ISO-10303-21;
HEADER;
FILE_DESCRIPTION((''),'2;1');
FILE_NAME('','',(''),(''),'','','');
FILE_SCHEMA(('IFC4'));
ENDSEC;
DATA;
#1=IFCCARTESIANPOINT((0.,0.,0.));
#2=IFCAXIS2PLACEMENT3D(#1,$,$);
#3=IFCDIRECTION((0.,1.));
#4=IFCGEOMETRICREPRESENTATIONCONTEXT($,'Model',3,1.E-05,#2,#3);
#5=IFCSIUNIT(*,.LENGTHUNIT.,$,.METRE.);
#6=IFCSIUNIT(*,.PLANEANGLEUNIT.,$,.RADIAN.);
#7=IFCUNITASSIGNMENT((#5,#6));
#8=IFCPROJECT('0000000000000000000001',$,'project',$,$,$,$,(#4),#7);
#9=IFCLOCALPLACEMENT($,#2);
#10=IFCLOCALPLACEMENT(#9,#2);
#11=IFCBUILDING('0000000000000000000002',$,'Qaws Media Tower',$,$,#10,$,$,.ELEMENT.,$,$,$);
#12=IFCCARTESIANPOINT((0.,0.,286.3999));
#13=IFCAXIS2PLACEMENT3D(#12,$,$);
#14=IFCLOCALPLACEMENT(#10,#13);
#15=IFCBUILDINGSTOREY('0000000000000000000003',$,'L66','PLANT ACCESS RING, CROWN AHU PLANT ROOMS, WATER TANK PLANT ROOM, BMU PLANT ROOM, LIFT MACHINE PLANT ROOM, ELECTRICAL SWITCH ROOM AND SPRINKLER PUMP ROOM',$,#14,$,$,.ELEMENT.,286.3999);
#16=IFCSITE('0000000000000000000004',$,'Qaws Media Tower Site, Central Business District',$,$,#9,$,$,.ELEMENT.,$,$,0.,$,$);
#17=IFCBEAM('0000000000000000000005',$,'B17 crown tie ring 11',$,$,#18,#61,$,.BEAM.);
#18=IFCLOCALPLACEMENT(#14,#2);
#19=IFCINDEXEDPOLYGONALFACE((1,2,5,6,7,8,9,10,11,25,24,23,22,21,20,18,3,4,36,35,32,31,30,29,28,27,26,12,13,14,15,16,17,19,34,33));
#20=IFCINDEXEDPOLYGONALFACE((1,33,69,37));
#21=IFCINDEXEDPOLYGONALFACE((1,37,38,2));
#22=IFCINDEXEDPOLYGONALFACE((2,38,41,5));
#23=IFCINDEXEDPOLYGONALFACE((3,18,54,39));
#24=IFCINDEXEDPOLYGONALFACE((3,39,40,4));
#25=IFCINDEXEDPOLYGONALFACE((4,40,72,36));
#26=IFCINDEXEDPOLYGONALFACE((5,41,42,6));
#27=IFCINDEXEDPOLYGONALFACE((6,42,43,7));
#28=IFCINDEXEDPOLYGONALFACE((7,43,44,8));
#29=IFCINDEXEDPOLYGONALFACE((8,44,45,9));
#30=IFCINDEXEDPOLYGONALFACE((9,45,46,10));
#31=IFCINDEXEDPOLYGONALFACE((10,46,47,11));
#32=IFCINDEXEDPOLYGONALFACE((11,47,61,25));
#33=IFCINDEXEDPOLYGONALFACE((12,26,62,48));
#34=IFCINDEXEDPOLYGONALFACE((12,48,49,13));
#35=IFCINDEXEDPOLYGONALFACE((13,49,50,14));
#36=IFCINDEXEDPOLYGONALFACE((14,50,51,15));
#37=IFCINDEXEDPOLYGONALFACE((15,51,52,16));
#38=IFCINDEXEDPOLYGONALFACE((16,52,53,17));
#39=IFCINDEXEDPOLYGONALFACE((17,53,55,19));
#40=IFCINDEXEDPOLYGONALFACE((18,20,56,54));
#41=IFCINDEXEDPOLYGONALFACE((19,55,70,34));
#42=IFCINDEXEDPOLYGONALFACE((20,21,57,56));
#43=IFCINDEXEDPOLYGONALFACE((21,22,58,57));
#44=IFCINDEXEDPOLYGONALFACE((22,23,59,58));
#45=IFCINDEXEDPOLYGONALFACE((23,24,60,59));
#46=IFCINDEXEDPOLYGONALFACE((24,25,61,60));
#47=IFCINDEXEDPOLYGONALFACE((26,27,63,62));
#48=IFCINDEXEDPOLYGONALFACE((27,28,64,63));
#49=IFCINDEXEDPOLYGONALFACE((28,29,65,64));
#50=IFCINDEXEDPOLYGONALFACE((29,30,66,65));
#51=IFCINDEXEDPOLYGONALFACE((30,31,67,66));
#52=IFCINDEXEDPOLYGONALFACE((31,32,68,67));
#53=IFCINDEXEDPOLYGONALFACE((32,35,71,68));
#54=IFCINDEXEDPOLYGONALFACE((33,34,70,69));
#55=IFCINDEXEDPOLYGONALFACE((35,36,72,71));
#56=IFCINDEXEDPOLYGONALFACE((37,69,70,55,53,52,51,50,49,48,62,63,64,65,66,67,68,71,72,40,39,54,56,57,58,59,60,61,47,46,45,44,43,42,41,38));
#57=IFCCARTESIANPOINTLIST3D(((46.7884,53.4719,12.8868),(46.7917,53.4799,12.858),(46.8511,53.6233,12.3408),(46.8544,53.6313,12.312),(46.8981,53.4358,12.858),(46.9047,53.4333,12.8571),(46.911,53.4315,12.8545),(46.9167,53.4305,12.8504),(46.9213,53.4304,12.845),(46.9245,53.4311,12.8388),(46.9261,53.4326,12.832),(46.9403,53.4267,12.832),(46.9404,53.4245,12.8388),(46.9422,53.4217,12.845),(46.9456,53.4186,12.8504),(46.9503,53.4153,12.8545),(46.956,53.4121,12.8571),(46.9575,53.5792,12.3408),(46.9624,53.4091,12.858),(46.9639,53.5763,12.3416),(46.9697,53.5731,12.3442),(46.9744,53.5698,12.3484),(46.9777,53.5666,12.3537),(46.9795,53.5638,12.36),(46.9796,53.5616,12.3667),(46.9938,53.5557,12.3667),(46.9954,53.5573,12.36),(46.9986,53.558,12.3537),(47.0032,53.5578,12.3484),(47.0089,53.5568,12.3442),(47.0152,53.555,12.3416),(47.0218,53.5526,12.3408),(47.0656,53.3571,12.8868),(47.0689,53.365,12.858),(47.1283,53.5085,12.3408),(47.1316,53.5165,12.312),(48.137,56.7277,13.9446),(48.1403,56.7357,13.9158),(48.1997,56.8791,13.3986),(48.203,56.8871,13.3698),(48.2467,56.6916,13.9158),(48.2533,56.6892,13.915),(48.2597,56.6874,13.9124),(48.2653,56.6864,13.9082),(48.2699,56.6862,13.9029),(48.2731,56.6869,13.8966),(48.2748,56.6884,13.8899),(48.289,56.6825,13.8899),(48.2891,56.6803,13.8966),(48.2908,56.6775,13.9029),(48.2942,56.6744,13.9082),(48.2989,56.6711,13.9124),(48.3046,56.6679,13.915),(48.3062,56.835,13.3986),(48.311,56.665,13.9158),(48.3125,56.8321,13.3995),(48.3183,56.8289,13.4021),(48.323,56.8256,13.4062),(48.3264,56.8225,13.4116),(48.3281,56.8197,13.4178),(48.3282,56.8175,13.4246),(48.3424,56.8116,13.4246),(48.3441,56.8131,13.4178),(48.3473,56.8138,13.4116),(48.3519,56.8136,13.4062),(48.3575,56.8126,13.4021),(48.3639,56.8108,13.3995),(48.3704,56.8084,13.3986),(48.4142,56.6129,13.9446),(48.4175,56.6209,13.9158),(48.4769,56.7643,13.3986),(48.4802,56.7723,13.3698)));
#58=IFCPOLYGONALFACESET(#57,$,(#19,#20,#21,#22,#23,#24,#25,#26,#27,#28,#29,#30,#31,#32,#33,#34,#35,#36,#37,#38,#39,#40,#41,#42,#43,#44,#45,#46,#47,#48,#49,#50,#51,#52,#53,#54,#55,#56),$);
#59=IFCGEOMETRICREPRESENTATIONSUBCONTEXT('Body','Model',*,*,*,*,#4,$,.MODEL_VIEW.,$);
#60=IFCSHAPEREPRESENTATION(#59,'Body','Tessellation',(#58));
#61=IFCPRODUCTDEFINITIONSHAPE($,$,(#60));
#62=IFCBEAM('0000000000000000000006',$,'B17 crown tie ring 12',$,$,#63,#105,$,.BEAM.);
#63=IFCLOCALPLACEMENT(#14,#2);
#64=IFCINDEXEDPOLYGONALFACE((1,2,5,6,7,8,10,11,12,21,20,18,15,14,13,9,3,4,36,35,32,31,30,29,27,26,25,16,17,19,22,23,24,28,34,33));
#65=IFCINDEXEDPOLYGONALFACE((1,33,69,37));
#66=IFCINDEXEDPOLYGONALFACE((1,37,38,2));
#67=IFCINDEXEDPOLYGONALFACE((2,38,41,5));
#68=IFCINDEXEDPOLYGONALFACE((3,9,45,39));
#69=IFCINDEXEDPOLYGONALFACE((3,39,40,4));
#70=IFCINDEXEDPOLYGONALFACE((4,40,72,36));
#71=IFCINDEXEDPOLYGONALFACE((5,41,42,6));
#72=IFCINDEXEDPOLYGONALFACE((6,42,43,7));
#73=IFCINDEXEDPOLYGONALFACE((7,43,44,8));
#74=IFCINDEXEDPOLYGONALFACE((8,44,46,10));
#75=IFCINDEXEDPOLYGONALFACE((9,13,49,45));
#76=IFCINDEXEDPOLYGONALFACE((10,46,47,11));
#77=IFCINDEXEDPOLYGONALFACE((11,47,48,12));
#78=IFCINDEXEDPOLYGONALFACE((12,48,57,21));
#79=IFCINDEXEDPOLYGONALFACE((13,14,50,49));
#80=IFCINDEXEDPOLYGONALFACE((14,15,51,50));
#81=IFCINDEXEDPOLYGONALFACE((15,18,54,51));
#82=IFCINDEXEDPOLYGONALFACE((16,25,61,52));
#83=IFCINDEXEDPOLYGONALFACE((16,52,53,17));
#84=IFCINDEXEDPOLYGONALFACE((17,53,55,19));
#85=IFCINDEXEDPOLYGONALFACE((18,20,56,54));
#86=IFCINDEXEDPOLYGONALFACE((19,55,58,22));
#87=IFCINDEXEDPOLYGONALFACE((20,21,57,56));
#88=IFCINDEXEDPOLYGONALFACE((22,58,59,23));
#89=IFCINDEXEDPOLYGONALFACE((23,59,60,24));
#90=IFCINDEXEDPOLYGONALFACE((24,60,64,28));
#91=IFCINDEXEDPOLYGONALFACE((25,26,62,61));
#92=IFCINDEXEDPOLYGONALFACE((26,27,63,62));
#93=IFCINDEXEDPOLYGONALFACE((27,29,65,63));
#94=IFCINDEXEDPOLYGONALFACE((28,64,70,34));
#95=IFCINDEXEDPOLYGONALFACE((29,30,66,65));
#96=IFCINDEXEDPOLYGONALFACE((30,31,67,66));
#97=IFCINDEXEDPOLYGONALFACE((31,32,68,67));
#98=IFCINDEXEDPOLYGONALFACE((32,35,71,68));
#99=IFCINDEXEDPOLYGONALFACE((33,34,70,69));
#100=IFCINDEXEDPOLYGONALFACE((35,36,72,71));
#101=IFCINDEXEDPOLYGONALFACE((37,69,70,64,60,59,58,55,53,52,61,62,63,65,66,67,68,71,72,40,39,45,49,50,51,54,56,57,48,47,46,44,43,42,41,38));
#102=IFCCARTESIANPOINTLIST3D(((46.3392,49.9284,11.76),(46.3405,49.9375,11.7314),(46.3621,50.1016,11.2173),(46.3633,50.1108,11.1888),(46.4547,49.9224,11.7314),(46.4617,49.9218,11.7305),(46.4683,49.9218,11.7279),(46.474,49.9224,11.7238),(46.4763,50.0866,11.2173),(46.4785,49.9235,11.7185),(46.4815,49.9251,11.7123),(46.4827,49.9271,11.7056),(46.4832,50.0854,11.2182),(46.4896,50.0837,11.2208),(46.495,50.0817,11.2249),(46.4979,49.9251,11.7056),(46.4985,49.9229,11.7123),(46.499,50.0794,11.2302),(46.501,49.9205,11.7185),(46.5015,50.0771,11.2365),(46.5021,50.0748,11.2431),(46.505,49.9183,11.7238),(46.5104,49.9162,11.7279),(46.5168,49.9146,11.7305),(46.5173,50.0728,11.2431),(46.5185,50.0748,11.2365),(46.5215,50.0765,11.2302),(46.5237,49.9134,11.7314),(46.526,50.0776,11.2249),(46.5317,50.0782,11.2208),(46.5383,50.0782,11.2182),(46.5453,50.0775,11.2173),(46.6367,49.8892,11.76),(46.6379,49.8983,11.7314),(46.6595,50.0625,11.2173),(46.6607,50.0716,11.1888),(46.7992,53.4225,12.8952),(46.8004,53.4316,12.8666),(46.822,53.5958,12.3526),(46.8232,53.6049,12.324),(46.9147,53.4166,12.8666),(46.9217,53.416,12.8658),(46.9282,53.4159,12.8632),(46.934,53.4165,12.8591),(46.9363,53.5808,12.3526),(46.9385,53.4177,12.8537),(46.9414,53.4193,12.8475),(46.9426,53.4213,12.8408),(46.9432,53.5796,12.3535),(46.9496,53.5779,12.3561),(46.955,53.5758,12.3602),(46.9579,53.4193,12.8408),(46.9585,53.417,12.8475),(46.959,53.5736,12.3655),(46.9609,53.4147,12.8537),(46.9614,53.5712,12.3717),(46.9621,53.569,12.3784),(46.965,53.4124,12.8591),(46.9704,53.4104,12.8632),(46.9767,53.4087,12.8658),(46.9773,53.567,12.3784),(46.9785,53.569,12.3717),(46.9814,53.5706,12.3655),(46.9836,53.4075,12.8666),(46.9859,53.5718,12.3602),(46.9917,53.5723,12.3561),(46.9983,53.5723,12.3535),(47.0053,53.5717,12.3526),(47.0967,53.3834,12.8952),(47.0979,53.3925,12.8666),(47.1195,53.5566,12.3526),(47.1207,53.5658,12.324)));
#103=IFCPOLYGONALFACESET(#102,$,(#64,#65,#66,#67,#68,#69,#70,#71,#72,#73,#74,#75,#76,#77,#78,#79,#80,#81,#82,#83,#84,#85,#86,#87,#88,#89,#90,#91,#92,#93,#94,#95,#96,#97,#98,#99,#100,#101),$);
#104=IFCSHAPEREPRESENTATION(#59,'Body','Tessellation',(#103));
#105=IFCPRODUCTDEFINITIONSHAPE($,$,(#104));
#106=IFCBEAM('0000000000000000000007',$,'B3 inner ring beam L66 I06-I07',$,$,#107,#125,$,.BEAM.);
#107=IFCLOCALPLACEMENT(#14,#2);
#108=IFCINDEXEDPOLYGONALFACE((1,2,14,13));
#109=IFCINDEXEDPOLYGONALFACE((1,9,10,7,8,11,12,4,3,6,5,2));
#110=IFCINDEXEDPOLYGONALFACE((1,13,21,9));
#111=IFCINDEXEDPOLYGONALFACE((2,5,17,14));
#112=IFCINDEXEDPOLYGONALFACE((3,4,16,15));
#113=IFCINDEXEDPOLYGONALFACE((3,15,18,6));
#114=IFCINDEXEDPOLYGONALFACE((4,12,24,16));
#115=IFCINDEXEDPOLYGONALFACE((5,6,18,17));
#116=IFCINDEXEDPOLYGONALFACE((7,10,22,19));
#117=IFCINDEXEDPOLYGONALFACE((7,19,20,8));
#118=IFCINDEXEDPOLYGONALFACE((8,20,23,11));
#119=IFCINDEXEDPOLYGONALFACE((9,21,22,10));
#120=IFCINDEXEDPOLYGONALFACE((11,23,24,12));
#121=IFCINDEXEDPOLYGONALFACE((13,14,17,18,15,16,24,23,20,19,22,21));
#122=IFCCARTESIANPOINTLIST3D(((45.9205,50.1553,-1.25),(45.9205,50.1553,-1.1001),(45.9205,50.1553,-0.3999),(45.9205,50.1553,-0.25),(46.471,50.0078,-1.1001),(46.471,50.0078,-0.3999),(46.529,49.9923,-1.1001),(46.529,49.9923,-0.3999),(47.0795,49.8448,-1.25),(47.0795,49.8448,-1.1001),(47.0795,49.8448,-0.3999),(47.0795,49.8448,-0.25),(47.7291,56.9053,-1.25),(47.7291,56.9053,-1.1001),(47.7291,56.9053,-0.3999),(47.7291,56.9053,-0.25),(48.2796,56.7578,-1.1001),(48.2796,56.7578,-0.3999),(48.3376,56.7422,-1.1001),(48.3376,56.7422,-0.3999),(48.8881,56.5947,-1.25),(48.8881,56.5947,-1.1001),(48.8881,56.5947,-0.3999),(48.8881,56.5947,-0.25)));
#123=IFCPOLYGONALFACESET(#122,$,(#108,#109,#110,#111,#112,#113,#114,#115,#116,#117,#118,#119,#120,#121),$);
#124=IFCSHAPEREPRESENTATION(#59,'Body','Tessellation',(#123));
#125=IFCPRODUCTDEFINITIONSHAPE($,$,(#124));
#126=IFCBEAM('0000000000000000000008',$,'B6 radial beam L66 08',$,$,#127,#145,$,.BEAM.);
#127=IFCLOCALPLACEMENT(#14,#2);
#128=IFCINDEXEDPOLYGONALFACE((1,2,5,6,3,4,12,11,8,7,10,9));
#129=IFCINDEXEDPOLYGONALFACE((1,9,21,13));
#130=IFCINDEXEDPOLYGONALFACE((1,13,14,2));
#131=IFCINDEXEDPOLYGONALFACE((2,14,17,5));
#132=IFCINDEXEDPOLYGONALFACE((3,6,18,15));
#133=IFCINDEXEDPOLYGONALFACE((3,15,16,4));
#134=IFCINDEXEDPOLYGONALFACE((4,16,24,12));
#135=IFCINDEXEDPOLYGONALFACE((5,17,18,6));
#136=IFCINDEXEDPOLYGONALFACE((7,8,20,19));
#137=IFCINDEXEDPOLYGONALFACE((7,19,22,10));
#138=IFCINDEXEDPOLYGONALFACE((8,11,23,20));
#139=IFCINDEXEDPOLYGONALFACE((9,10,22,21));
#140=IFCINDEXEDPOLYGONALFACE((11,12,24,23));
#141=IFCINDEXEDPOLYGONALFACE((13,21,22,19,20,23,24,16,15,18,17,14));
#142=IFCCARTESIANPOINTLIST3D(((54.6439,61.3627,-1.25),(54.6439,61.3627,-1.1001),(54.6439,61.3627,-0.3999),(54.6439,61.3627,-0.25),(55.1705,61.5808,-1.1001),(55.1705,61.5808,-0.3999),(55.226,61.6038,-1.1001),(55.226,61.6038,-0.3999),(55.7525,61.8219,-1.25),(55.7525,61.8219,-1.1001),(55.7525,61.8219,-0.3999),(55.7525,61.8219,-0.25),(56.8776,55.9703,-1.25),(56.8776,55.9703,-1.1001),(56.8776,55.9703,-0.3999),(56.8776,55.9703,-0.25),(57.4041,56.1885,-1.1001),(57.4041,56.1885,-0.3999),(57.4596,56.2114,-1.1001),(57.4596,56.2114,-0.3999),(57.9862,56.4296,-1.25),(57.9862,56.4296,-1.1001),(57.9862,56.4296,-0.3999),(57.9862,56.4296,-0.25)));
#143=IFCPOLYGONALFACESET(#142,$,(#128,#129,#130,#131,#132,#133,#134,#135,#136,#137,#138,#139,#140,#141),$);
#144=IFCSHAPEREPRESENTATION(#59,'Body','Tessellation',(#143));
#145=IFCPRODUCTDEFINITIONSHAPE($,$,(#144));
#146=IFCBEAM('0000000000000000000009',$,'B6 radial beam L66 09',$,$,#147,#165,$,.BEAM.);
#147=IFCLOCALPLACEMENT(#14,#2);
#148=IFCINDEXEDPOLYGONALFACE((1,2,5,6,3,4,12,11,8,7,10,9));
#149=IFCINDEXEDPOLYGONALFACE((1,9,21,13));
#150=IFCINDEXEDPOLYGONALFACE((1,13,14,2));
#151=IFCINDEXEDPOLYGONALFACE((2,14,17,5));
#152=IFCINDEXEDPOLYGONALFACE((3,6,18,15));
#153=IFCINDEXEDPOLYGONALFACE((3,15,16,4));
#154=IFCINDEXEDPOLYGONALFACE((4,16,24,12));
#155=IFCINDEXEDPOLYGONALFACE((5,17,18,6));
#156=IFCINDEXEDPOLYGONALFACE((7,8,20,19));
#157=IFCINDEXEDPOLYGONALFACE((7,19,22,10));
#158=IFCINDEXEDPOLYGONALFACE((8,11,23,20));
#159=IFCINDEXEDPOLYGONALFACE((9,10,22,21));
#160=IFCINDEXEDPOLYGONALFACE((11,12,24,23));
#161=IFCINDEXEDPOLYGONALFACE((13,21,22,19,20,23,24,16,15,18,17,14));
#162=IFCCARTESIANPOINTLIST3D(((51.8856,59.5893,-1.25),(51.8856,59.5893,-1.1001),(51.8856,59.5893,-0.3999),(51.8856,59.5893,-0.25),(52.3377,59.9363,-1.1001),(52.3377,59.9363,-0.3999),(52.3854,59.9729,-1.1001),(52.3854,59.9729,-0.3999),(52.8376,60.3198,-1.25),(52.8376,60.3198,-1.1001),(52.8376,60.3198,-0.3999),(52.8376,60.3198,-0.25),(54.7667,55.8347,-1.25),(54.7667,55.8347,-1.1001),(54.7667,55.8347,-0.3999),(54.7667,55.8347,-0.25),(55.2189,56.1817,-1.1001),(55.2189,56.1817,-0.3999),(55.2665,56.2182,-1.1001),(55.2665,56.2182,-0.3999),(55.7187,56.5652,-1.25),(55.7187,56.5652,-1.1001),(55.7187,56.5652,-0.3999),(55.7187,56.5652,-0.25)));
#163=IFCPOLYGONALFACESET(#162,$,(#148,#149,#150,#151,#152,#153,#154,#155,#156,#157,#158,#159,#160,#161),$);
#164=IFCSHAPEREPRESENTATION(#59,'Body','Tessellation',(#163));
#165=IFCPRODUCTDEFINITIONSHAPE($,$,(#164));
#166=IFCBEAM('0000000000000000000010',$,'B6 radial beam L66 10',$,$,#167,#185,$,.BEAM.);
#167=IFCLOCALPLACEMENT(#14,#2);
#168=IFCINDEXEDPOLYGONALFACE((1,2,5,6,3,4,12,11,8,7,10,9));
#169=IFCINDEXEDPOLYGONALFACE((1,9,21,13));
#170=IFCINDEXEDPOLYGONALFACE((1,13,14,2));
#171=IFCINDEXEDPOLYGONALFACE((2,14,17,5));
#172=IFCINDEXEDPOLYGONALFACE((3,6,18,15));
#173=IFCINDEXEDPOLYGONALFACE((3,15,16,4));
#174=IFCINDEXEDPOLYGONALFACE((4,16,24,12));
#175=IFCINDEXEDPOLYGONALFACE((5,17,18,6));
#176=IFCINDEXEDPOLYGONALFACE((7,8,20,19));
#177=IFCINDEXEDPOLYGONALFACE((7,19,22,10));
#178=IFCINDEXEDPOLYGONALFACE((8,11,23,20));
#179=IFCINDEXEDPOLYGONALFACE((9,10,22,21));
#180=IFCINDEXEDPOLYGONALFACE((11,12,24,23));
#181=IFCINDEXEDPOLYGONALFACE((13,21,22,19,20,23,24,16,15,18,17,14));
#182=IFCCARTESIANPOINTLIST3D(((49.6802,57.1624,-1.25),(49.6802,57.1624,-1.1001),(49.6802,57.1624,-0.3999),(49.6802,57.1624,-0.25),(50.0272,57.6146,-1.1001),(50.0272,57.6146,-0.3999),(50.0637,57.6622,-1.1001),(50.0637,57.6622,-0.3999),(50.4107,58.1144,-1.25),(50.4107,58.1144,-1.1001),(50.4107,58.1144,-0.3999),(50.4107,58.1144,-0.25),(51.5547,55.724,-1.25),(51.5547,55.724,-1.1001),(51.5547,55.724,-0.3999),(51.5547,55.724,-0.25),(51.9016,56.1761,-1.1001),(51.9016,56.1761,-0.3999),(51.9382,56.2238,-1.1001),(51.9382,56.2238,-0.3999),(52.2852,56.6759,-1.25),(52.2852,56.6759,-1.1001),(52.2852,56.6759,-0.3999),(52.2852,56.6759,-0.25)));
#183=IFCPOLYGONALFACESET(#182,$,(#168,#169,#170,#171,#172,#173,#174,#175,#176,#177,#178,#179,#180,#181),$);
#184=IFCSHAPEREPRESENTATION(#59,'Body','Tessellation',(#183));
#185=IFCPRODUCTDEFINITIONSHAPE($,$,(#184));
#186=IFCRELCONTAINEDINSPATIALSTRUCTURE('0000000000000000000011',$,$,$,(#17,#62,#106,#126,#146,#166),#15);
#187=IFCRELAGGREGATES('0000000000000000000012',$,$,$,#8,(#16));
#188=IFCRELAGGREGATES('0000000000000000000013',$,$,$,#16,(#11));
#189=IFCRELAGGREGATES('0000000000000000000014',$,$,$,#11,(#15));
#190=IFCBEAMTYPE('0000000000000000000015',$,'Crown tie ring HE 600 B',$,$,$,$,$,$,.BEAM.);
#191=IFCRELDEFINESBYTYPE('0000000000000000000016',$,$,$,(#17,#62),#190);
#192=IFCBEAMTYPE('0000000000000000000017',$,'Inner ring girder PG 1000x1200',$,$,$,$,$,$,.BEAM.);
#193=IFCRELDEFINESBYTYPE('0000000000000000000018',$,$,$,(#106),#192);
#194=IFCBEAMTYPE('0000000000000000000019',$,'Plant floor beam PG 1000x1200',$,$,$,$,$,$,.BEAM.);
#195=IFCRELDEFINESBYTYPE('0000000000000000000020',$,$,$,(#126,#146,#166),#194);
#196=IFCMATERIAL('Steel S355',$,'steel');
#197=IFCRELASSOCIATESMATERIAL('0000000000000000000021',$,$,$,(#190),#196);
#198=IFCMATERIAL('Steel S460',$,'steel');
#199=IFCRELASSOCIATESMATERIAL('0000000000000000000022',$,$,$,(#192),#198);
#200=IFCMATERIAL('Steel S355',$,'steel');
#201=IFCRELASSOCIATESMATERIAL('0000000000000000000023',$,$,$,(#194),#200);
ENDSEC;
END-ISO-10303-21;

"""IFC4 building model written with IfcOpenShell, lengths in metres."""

from ifc_helpers import new_model, si_unit, direction, frame, origin, origin_2d, place, context, subcontext, project, spatial, i_section, extrude, material, material_profile, profile_set, type_object, element, save


model = new_model("IFC4")

# Units and contexts
model_context = context("Model", 3, precision=1e-05, world=origin(), true_north=direction((0.0, 1.0)))
body_context = subcontext(model_context, "Body", "Model", "MODEL_VIEW")
ifc_project = project(units=[si_unit("LENGTHUNIT", "METRE"), si_unit("PLANEANGLEUNIT", "RADIAN")], contexts=[model_context])

# Site, building, storey
site_placement = place(None, origin())
site = spatial("IfcSite", under=ifc_project, at=site_placement, Name="Qaws Media Tower Site, Central Business District", CompositionType="ELEMENT", RefElevation=0.0)
building_placement = place(site_placement, origin())
building = spatial("IfcBuilding", under=site, at=building_placement, Name="Qaws Media Tower", CompositionType="ELEMENT")
storey_placement = place(building_placement, frame((0.0, 0.0, 286.3999)))
storey = spatial("IfcBuildingStorey", under=building, at=storey_placement, Name="L66", Description="PLANT ACCESS RING, CROWN AHU PLANT ROOMS, WATER TANK PLANT ROOM, BMU PLANT ROOM, LIFT MACHINE PLANT ROOM, ELECTRICAL SWITCH ROOM AND SPRINKLER PUMP ROOM", CompositionType="ELEMENT", Elevation=286.3999)

# Beams
ifc_material_1 = material(Name="Steel S355", Category="steel")
ifc_material_profile_1 = material_profile(ifc_material_1, i_section(OverallWidth=0.3, OverallDepth=0.6001, WebThickness=0.0154, FlangeThickness=0.03, FilletRadius=0.0271, at=origin_2d()), Name="HE 600 B")
ifc_profile_set_1 = profile_set([ifc_material_profile_1], Name="Steel S355")
beam_type_1 = type_object("IfcBeamType", Name="Crown tie ring HE 600 B", PredefinedType="BEAM", material=ifc_profile_set_1)
beam_1_placement = place(storey_placement, frame((48.3086, 56.75, 13.6572), z_axis=(-0.366529, -0.884872, -0.287504), x_axis=(0.923878, -0.382686, 0.0)))
element("IfcBeam", 1, at=beam_1_placement, inside=storey, type_object=beam_type_1, Name="B17 crown tie ring 11", PredefinedType="BEAM", context=body_context, shape_type="SweptSolid", body=[
    extrude(i_section(OverallWidth=0.3, OverallDepth=0.6001, WebThickness=0.0154, FlangeThickness=0.03, FilletRadius=0.0271, at=origin_2d()), origin(), (0.0, 0.0, 1.0), 3.6794),
])
beam_2_placement = place(storey_placement, frame((46.96, 53.4941, 12.6096), z_axis=(-0.124226, -0.943694, -0.306608), x_axis=(0.991447, -0.130512, 0.0)))
element("IfcBeam", 2, at=beam_2_placement, inside=storey, type_object=beam_type_1, Name="B17 crown tie ring 12", PredefinedType="BEAM", context=body_context, shape_type="SweptSolid", body=[
    extrude(i_section(OverallWidth=0.3, OverallDepth=0.6001, WebThickness=0.0154, FlangeThickness=0.03, FilletRadius=0.0271, at=origin_2d()), origin(), (0.0, 0.0, 1.0), 3.7026),
])
ifc_material_2 = material(Name="Steel S460", Category="steel")
ifc_material_profile_2 = material_profile(ifc_material_2, i_section(OverallWidth=1.2, OverallDepth=1.0, WebThickness=0.0601, FlangeThickness=0.1499, at=origin_2d()), Name="PG 1000x1200")
ifc_profile_set_2 = profile_set([ifc_material_profile_2], Name="Steel S460")
beam_type_2 = type_object("IfcBeamType", Name="Inner ring girder PG 1000x1200", PredefinedType="BEAM", material=ifc_profile_set_2)
beam_3_placement = place(storey_placement, frame((48.3086, 56.75, -0.75), z_axis=(-0.258811, -0.965928, 0.0), x_axis=(0.965928, -0.258811, 0.0)))
element("IfcBeam", 3, at=beam_3_placement, inside=storey, type_object=beam_type_2, Name="B3 inner ring beam L66 I06-I07", PredefinedType="BEAM", context=body_context, shape_type="SweptSolid", body=[
    extrude(i_section(OverallWidth=1.2, OverallDepth=1.0, WebThickness=0.0601, FlangeThickness=0.1499, at=origin_2d()), origin(), (0.0, 0.0, 1.0), 6.988),
])
ifc_material_3 = material(Name="Steel S355", Category="steel")
ifc_material_profile_3 = material_profile(ifc_material_3, i_section(OverallWidth=1.2, OverallDepth=1.0, WebThickness=0.0601, FlangeThickness=0.1499, at=origin_2d()), Name="PG 1000x1200")
ifc_profile_set_3 = profile_set([ifc_material_profile_3], Name="Steel S355")
beam_type_3 = type_object("IfcBeamType", Name="Plant floor beam PG 1000x1200", PredefinedType="BEAM", material=ifc_profile_set_3)
beam_4_placement = place(storey_placement, frame((57.4319, 56.2, -0.75), z_axis=(-0.382693, 0.923876, 0.0), x_axis=(-0.923876, -0.382693, 0.0)))
element("IfcBeam", 4, at=beam_4_placement, inside=storey, type_object=beam_type_3, Name="B6 radial beam L66 08", PredefinedType="BEAM", context=body_context, shape_type="SweptSolid", body=[
    extrude(i_section(OverallWidth=1.2, OverallDepth=1.0, WebThickness=0.0601, FlangeThickness=0.1499, at=origin_2d()), origin(), (0.0, 0.0, 1.0), 5.8367),
])
beam_5_placement = place(storey_placement, frame((55.2427, 56.2, -0.75), z_axis=(-0.60877, 0.793346, 0.0), x_axis=(-0.793346, -0.60877, 0.0)))
element("IfcBeam", 5, at=beam_5_placement, inside=storey, type_object=beam_type_3, Name="B6 radial beam L66 09", PredefinedType="BEAM", context=body_context, shape_type="SweptSolid", body=[
    extrude(i_section(OverallWidth=1.2, OverallDepth=1.0, WebThickness=0.0601, FlangeThickness=0.1499, at=origin_2d()), origin(), (0.0, 0.0, 1.0), 4.7327),
])
beam_6_placement = place(storey_placement, frame((51.9199, 56.2, -0.75), z_axis=(-0.79333, 0.608792, 0.0), x_axis=(-0.608792, -0.79333, 0.0)))
element("IfcBeam", 6, at=beam_6_placement, inside=storey, type_object=beam_type_3, Name="B6 radial beam L66 10", PredefinedType="BEAM", context=body_context, shape_type="SweptSolid", body=[
    extrude(i_section(OverallWidth=1.2, OverallDepth=1.0, WebThickness=0.0601, FlangeThickness=0.1499, at=origin_2d()), origin(), (0.0, 0.0, 1.0), 2.3628),
])

save(model, "model.ifc")
